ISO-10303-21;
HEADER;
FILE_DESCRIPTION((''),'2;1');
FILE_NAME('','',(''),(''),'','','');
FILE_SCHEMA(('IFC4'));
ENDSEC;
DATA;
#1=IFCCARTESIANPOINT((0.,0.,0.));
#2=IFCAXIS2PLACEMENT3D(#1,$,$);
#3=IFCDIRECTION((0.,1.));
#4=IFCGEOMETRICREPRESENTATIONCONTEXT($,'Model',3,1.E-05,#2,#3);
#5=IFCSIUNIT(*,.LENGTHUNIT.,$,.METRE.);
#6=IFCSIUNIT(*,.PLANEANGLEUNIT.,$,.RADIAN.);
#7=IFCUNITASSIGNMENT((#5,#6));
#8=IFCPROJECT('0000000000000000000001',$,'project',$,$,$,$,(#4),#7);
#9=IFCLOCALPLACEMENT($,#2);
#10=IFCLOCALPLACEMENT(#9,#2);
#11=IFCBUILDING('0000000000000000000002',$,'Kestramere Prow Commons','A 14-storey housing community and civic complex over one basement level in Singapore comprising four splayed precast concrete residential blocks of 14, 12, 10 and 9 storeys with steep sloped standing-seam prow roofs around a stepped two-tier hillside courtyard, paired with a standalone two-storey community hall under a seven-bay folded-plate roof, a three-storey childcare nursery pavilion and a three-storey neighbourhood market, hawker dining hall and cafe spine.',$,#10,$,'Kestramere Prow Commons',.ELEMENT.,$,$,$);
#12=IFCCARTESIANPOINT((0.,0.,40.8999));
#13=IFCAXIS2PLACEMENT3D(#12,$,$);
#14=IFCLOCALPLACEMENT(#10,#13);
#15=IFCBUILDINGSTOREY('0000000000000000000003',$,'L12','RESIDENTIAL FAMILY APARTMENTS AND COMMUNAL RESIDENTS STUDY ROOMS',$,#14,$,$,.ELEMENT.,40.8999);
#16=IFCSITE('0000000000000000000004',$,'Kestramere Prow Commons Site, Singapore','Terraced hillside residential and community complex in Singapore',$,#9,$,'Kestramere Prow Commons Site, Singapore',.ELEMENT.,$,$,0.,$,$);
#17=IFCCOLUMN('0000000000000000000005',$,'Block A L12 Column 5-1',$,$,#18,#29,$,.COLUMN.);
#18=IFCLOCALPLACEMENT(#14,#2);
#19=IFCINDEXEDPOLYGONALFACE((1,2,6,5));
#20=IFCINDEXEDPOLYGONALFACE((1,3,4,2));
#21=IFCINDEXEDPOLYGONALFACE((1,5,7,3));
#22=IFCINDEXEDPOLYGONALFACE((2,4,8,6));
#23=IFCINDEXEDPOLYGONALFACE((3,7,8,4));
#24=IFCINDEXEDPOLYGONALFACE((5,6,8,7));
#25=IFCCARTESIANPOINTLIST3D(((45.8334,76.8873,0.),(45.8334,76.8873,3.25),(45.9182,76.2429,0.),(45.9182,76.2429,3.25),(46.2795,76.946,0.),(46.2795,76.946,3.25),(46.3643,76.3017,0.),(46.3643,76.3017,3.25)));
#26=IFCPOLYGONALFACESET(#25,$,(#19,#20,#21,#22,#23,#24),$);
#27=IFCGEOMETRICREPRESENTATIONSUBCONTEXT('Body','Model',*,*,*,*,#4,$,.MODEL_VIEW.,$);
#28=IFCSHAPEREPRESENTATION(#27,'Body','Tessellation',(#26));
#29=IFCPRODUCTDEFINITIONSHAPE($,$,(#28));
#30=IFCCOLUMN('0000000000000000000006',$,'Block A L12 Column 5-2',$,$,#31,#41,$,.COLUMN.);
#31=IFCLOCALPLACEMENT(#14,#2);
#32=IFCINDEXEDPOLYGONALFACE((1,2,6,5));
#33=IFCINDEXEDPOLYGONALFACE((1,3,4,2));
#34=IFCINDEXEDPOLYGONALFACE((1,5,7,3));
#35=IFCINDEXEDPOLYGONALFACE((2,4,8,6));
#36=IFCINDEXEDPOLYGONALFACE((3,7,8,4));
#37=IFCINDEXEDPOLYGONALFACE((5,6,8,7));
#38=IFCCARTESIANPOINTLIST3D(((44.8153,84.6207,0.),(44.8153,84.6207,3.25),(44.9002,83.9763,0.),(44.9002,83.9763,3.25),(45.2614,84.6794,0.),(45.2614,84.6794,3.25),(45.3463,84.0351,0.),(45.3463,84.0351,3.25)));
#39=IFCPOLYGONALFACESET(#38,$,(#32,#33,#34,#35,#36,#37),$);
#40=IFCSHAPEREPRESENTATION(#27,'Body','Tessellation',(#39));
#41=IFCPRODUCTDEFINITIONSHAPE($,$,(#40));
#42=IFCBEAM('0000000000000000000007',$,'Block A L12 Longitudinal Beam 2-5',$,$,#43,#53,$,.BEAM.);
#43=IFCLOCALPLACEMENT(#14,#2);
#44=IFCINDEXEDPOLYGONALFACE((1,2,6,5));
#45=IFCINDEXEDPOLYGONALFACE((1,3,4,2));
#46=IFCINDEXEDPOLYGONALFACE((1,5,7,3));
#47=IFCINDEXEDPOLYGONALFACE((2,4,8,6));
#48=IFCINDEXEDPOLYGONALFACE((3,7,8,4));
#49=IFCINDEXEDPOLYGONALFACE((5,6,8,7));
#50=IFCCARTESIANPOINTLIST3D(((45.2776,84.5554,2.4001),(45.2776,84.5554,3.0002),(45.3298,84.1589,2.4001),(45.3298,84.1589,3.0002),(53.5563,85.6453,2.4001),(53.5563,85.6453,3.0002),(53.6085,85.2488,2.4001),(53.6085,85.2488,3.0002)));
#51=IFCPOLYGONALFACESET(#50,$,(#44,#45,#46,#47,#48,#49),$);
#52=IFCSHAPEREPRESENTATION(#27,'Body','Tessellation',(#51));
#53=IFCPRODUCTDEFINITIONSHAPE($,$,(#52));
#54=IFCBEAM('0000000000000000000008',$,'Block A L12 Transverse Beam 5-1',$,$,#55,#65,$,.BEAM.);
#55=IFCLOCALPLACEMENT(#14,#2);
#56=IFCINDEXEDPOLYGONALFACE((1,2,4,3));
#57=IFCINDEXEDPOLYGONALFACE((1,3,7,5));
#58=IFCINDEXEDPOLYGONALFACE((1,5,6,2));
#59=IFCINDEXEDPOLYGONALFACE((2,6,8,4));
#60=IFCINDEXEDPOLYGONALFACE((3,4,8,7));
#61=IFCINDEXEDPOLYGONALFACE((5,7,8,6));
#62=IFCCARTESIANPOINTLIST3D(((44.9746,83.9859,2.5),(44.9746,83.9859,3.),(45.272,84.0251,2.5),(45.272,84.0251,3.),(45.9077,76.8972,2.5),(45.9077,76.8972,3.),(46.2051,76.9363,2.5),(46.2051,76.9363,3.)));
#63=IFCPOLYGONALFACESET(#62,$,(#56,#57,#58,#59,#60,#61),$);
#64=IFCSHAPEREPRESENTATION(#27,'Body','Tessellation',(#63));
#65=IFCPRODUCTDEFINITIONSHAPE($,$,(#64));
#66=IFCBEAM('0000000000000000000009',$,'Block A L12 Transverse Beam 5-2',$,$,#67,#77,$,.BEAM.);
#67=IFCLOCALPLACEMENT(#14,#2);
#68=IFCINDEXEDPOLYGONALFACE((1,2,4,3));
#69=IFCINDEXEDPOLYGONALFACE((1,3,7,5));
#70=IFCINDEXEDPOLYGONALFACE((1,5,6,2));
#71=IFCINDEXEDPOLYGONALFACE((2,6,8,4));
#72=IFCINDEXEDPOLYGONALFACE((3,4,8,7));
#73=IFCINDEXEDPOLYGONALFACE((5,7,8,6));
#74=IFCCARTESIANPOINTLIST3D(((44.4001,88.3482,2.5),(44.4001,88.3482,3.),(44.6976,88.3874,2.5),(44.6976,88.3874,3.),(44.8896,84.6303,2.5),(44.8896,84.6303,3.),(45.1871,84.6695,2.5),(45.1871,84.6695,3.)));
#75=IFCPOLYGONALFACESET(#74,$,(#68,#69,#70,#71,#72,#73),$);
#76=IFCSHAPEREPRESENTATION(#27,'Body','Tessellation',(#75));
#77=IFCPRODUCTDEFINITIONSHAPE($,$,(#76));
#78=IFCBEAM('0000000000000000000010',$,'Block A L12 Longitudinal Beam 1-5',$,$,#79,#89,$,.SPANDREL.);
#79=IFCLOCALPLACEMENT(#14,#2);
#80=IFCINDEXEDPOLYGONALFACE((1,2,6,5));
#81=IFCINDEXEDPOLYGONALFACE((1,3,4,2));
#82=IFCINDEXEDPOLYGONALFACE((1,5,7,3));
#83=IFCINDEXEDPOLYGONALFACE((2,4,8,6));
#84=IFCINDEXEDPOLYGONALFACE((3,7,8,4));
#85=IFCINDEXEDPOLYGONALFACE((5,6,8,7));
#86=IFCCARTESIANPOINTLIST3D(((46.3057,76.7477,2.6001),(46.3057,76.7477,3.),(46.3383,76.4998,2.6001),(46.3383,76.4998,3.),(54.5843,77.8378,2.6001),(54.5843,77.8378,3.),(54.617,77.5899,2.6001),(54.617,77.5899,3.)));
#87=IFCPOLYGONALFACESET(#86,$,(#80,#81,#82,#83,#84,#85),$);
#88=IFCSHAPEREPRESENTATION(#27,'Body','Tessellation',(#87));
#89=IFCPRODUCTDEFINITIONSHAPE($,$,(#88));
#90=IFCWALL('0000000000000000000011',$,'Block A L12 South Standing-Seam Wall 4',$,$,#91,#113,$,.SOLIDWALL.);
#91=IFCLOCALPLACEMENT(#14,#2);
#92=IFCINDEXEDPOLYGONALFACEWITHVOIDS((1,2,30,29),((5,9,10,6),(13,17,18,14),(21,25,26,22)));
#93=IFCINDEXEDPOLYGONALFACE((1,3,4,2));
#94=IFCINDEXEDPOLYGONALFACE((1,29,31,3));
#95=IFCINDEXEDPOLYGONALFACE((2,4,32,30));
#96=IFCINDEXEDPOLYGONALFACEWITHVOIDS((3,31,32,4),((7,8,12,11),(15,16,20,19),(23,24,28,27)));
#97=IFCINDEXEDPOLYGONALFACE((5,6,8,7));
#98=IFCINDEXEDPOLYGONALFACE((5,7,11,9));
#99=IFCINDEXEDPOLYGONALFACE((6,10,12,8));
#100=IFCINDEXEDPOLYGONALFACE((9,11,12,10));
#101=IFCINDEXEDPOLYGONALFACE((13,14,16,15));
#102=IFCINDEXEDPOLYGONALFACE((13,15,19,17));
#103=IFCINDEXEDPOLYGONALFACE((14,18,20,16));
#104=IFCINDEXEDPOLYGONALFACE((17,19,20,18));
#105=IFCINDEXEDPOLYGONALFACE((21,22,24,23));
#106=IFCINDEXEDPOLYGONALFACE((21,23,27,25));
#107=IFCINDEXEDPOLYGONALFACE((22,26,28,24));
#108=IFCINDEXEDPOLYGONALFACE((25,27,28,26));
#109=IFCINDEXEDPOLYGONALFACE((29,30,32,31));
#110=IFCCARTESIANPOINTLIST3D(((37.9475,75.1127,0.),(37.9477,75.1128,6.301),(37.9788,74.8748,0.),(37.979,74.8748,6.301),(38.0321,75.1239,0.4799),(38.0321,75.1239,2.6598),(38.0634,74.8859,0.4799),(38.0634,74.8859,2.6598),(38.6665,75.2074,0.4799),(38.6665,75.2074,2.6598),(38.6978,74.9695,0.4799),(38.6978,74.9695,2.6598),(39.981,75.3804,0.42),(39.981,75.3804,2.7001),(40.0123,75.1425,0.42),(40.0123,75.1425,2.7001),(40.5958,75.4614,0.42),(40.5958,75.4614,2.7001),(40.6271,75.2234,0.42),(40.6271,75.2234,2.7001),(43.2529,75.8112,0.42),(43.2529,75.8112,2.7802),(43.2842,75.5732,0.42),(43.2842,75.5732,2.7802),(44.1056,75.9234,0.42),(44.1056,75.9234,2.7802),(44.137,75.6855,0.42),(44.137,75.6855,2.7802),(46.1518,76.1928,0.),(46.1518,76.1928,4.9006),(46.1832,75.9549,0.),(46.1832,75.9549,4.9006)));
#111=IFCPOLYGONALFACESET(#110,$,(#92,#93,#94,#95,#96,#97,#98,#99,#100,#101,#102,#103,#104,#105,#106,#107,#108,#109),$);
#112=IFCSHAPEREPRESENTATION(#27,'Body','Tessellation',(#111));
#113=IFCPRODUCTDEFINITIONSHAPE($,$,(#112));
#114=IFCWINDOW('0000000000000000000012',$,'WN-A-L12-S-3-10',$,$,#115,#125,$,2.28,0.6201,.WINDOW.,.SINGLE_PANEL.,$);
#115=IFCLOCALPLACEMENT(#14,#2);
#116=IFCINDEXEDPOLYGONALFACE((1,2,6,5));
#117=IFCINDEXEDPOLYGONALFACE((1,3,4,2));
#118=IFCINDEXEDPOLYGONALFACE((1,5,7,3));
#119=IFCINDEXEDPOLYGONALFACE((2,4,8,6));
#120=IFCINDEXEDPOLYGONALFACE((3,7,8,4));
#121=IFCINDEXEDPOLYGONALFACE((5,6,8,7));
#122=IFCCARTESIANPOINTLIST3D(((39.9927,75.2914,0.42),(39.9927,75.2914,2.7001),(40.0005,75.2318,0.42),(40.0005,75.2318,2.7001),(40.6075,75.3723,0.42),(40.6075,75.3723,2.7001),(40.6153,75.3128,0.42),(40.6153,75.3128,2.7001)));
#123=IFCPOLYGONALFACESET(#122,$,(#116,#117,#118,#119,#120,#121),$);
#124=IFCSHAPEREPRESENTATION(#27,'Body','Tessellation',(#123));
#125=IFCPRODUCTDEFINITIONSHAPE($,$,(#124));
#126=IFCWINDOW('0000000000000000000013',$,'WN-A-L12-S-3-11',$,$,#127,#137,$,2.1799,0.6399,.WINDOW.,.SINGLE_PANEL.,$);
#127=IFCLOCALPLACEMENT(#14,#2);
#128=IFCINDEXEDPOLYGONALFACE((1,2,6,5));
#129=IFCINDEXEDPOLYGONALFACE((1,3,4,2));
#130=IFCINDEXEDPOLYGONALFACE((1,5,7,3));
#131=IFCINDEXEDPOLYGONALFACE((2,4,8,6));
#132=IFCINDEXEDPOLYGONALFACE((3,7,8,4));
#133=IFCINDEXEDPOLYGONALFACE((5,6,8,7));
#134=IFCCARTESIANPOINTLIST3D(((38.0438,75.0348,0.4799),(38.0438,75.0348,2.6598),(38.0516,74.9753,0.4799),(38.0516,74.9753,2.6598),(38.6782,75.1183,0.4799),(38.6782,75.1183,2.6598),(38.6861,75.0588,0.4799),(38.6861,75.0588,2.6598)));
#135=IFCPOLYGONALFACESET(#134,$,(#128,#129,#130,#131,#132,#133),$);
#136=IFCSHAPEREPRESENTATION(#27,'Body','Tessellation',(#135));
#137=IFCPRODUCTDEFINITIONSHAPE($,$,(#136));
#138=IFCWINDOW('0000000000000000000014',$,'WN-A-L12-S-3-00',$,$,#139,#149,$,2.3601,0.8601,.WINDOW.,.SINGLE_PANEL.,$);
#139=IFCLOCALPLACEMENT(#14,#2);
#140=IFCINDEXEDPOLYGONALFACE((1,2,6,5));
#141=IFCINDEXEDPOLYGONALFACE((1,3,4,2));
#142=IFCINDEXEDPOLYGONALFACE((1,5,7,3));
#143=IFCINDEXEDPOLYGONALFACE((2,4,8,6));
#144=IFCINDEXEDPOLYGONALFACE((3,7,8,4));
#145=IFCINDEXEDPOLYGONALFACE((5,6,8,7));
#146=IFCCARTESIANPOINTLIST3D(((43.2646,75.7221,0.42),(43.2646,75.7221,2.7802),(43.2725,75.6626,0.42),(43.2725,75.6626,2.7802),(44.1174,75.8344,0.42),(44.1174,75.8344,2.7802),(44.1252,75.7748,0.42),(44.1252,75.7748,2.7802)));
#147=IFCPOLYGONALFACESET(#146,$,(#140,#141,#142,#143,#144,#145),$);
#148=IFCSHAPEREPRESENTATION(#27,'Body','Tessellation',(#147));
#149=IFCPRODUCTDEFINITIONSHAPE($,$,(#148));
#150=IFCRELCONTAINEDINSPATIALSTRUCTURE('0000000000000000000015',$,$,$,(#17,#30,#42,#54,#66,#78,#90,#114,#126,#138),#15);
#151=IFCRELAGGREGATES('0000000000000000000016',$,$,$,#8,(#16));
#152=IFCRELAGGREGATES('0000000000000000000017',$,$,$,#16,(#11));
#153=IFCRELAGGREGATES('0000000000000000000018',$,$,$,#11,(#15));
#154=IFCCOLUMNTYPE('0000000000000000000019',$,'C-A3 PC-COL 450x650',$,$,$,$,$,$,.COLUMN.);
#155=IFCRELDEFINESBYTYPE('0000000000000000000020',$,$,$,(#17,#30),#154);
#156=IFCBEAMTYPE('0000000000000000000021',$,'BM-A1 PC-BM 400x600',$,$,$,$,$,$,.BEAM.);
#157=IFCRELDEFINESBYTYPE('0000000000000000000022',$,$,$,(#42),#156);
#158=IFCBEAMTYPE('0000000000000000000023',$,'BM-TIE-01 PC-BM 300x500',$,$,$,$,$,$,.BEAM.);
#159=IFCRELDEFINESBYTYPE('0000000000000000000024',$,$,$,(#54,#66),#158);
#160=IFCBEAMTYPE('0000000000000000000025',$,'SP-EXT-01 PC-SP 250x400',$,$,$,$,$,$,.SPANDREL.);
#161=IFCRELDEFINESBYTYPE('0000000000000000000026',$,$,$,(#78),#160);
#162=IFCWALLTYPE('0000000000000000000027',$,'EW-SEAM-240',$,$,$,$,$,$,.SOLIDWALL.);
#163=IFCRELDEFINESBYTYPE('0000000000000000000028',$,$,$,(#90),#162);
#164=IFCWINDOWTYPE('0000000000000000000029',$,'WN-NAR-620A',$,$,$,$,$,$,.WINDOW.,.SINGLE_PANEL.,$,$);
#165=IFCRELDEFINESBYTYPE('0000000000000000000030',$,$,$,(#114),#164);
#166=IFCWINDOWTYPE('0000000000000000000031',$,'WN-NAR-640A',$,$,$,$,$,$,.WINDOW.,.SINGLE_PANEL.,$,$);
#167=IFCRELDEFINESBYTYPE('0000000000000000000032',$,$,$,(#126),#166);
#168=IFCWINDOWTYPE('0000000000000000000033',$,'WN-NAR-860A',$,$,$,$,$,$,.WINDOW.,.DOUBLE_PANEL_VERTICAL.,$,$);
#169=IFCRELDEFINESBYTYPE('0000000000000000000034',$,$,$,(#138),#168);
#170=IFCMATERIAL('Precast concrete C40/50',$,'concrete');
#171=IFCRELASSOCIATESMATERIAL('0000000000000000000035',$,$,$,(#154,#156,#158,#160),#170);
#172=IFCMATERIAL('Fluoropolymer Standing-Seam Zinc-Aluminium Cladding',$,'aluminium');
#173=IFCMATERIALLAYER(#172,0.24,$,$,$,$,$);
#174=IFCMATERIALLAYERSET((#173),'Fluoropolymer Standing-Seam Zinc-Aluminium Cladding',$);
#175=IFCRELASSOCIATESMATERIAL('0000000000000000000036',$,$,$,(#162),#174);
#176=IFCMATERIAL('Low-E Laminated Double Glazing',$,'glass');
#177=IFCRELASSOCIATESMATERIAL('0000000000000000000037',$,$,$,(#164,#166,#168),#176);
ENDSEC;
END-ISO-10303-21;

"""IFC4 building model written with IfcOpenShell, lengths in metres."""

from ifc_helpers import new_model, si_unit, direction, frame, frame_2d, origin, origin_2d, place, context, subcontext, project, spatial, polyline, rectangle, outline, extrude, material, layer, layer_set, material_profile, profile_set, type_object, element, fill, save


model = new_model("IFC4")

# Units and contexts
model_context = context("Model", 3, precision=1e-05, world=origin(), true_north=direction((0.0, 1.0)))
body_context = subcontext(model_context, "Body", "Model", "MODEL_VIEW")
ifc_project = project(units=[si_unit("LENGTHUNIT", "METRE"), si_unit("PLANEANGLEUNIT", "RADIAN")], contexts=[model_context])

# Site, building, storey
site_placement = place(None, origin())
site = spatial("IfcSite", under=ifc_project, at=site_placement, Name="Kestramere Prow Commons Site, Singapore", Description="Terraced hillside residential and community complex in Singapore", LongName="Kestramere Prow Commons Site, Singapore", CompositionType="ELEMENT", RefElevation=0.0)
building_placement = place(site_placement, origin())
building = spatial("IfcBuilding", under=site, at=building_placement, Name="Kestramere Prow Commons", Description="A 14-storey housing community and civic complex over one basement level in Singapore comprising four splayed precast concrete residential blocks of 14, 12, 10 and 9 storeys with steep sloped standing-seam prow roofs around a stepped two-tier hillside courtyard, paired with a standalone two-storey community hall under a seven-bay folded-plate roof, a three-storey childcare nursery pavilion and a three-storey neighbourhood market, hawker dining hall and cafe spine.", LongName="Kestramere Prow Commons", CompositionType="ELEMENT")
storey_placement = place(building_placement, frame((0.0, 0.0, 40.8999)))
storey = spatial("IfcBuildingStorey", under=building, at=storey_placement, Name="L12", Description="RESIDENTIAL FAMILY APARTMENTS AND COMMUNAL RESIDENTS STUDY ROOMS", CompositionType="ELEMENT", Elevation=40.8999)

# Columns
ifc_material_1 = material(Name="Precast concrete C40/50", Category="concrete")
ifc_material_profile_1 = material_profile(ifc_material_1, rectangle(XDim=0.45, YDim=0.6499, at=origin_2d()), Name="PC-COL 450x650")
ifc_profile_set_1 = profile_set([ifc_material_profile_1], Name="Precast concrete C40/50")
column_type = type_object("IfcColumnType", Name="C-A3 PC-COL 450x650", PredefinedType="COLUMN", material=ifc_profile_set_1)
for number, where, z_axis, x_axis, name in (
    (1, (46.0989, 76.5945, 0.0), (0.0, 0.0, 1.0), (0.991445, 0.130526, 0.0), "Block A L12 Column 5-1"),
    (2, (45.0808, 84.3279, 0.0), (0.0, 0.0, 1.0), (0.991445, 0.130526, 0.0), "Block A L12 Column 5-2"),
):
    element("IfcColumn", number, at=place(storey_placement, frame(where, z_axis=z_axis, x_axis=x_axis)), inside=storey, type_object=column_type, Name=name, PredefinedType="COLUMN", context=body_context, shape_type="SweptSolid", body=[
        extrude(rectangle(XDim=0.45, YDim=0.6499, at=origin_2d()), origin(), (0.0, 0.0, 1.0), 3.25),
    ])

# Beams
ifc_material_profile_2 = material_profile(ifc_material_1, rectangle(XDim=0.3999, YDim=0.6001, at=origin_2d()), Name="PC-BM 400x600")
ifc_profile_set_2 = profile_set([ifc_material_profile_2], Name="Precast concrete C40/50")
beam_type_1 = type_object("IfcBeamType", Name="BM-A1 PC-BM 400x600", PredefinedType="BEAM", material=ifc_profile_set_2)
beam_1_placement = place(storey_placement, frame((45.3037, 84.3572, 2.7002), z_axis=(0.991446, 0.13052, 0.0), x_axis=(-0.13052, 0.991446, 0.0)))
element("IfcBeam", 3, at=beam_1_placement, inside=storey, type_object=beam_type_1, Name="Block A L12 Longitudinal Beam 2-5", PredefinedType="BEAM", context=body_context, shape_type="SweptSolid", body=[
    extrude(rectangle(XDim=0.3999, YDim=0.6001, at=origin_2d()), origin(), (0.0, 0.0, 1.0), 8.3501),
])
ifc_material_profile_3 = material_profile(ifc_material_1, rectangle(XDim=0.3, YDim=0.5, at=origin_2d()), Name="PC-BM 300x500")
ifc_profile_set_3 = profile_set([ifc_material_profile_3], Name="Precast concrete C40/50")
beam_type_2 = type_object("IfcBeamType", Name="BM-TIE-01 PC-BM 300x500", PredefinedType="BEAM", material=ifc_profile_set_3)
beam_2_placement = place(storey_placement, frame((46.0564, 76.9167, 2.75), z_axis=(-0.130504, 0.991448, 0.0), x_axis=(-0.991448, -0.130504, 0.0)))
element("IfcBeam", 4, at=beam_2_placement, inside=storey, type_object=beam_type_2, Name="Block A L12 Transverse Beam 5-1", PredefinedType="BEAM", context=body_context, shape_type="SweptSolid", body=[
    extrude(rectangle(XDim=0.3, YDim=0.5, at=origin_2d()), origin(), (0.0, 0.0, 1.0), 7.1499),
])
beam_3_placement = place(storey_placement, frame((45.0383, 84.6499, 2.75), z_axis=(-0.13053, 0.991444, 0.0), x_axis=(-0.991444, -0.13053, 0.0)))
element("IfcBeam", 5, at=beam_3_placement, inside=storey, type_object=beam_type_2, Name="Block A L12 Transverse Beam 5-2", PredefinedType="BEAM", context=body_context, shape_type="SweptSolid", body=[
    extrude(rectangle(XDim=0.3, YDim=0.5, at=origin_2d()), origin(), (0.0, 0.0, 1.0), 3.75),
])
ifc_material_profile_4 = material_profile(ifc_material_1, rectangle(XDim=0.25, YDim=0.3999, at=origin_2d()), Name="PC-SP 250x400")
ifc_profile_set_4 = profile_set([ifc_material_profile_4], Name="Precast concrete C40/50")
beam_type_3 = type_object("IfcBeamType", Name="SP-EXT-01 PC-SP 250x400", PredefinedType="SPANDREL", material=ifc_profile_set_4)
beam_4_placement = place(storey_placement, frame((46.322, 76.6238, 2.8), z_axis=(0.991442, 0.130549, 0.0), x_axis=(-0.130549, 0.991442, 0.0)))
element("IfcBeam", 6, at=beam_4_placement, inside=storey, type_object=beam_type_3, Name="Block A L12 Longitudinal Beam 1-5", PredefinedType="SPANDREL", context=body_context, shape_type="SweptSolid", body=[
    extrude(rectangle(XDim=0.25, YDim=0.3999, at=origin_2d()), origin(), (0.0, 0.0, 1.0), 8.3501),
])

# Wall, openings, windows
ifc_material_2 = material(Name="Fluoropolymer Standing-Seam Zinc-Aluminium Cladding", Category="aluminium")
ifc_layer_1 = layer(ifc_material_2, 0.24)
ifc_layer_set_1 = layer_set([ifc_layer_1], Name="Fluoropolymer Standing-Seam Zinc-Aluminium Cladding")
wall_type_1 = type_object("IfcWallType", Name="EW-SEAM-240", PredefinedType="SOLIDWALL", material=ifc_layer_set_1)
wall_1_placement = place(storey_placement, frame((46.1675, 76.074, 0.0), z_axis=(0.0, 0.0, 1.0), x_axis=(-0.991446, -0.130521, 0.0)))
wall_1 = element("IfcWall", 7, at=wall_1_placement, inside=storey, type_object=wall_type_1, Name="Block A L12 South Standing-Seam Wall 4", PredefinedType="SOLIDWALL", context=body_context, shape_type="SweptSolid", body=[
    extrude(outline(polyline([(0.0, 0.0), (8.2751, 0.0), (8.2749, 6.301), (0.0, 4.9006), (0.0, 0.0)])), frame((0.0, 0.1201, 0.0), z_axis=(0.0, -1.0, 0.0), x_axis=(1.0, 0.0, 0.0)), (0.0, 0.0, 1.0), 0.24),
])
opening_1_placement = place(wall_1_placement, frame((2.0637, 0.0, 0.4199)))
opening_1 = element("IfcOpeningElement", 8, at=opening_1_placement, cuts=wall_1, PredefinedType="OPENING", context=body_context, shape_type="SweptSolid", body=[
    extrude(rectangle(XDim=0.8601, YDim=2.3601, at=frame_2d((0.4302, 1.1802))), frame((0.0, 0.135, 0.0), z_axis=(0.0, -1.0, 0.0), x_axis=(1.0, 0.0, 0.0)), (0.0, 0.0, 1.0), 0.27),
])
opening_2_placement = place(wall_1_placement, frame((5.604, 0.0, 0.4199)))
opening_2 = element("IfcOpeningElement", 9, at=opening_2_placement, cuts=wall_1, PredefinedType="OPENING", context=body_context, shape_type="SweptSolid", body=[
    extrude(rectangle(XDim=0.6201, YDim=2.28, at=frame_2d((0.3101, 1.1401))), frame((0.0, 0.135, 0.0), z_axis=(0.0, -1.0, 0.0), x_axis=(1.0, 0.0, 0.0)), (0.0, 0.0, 1.0), 0.27),
])
opening_3_placement = place(wall_1_placement, frame((7.55, 0.0, 0.48)))
opening_3 = element("IfcOpeningElement", 10, at=opening_3_placement, cuts=wall_1, PredefinedType="OPENING", context=body_context, shape_type="SweptSolid", body=[
    extrude(rectangle(XDim=0.6399, YDim=2.1799, at=frame_2d((0.3198, 1.0898))), frame((0.0, 0.135, 0.0), z_axis=(0.0, -1.0, 0.0), x_axis=(1.0, 0.0, 0.0)), (0.0, 0.0, 1.0), 0.27),
])
ifc_material_3 = material(Name="Low-E Laminated Double Glazing", Category="glass")
window_type_1 = type_object("IfcWindowType", Name="WN-NAR-620A", PartitioningType="SINGLE_PANEL", PredefinedType="WINDOW", material=ifc_material_3)
window_1_placement = place(opening_2_placement, origin())
window_1 = element("IfcWindow", 11, at=window_1_placement, inside=storey, type_object=window_type_1, Name="WN-A-L12-S-3-10", OverallHeight=2.28, OverallWidth=0.6201, PartitioningType="SINGLE_PANEL", PredefinedType="WINDOW", context=body_context, shape_type="SweptSolid", body=[
    extrude(rectangle(XDim=0.6201, YDim=2.28, at=frame_2d((0.3101, 1.1401))), frame((0.0, 0.03, 0.0), z_axis=(0.0, -1.0, 0.0), x_axis=(1.0, 0.0, 0.0)), (0.0, 0.0, 1.0), 0.0601),
])
fill(opening_2, window_1)
window_type_2 = type_object("IfcWindowType", Name="WN-NAR-640A", PartitioningType="SINGLE_PANEL", PredefinedType="WINDOW", material=ifc_material_3)
window_2_placement = place(opening_3_placement, origin())
window_2 = element("IfcWindow", 12, at=window_2_placement, inside=storey, type_object=window_type_2, Name="WN-A-L12-S-3-11", OverallHeight=2.1799, OverallWidth=0.6399, PartitioningType="SINGLE_PANEL", PredefinedType="WINDOW", context=body_context, shape_type="SweptSolid", body=[
    extrude(rectangle(XDim=0.6399, YDim=2.1799, at=frame_2d((0.3198, 1.0898))), frame((0.0, 0.03, 0.0), z_axis=(0.0, -1.0, 0.0), x_axis=(1.0, 0.0, 0.0)), (0.0, 0.0, 1.0), 0.0601),
])
fill(opening_3, window_2)
window_type_3 = type_object("IfcWindowType", Name="WN-NAR-860A", PartitioningType="DOUBLE_PANEL_VERTICAL", PredefinedType="WINDOW", material=ifc_material_3)
window_3_placement = place(opening_1_placement, origin())
window_3 = element("IfcWindow", 13, at=window_3_placement, inside=storey, type_object=window_type_3, Name="WN-A-L12-S-3-00", OverallHeight=2.3601, OverallWidth=0.8601, PartitioningType="SINGLE_PANEL", PredefinedType="WINDOW", context=body_context, shape_type="SweptSolid", body=[
    extrude(rectangle(XDim=0.8601, YDim=2.3601, at=frame_2d((0.4302, 1.1802))), frame((0.0, 0.03, 0.0), z_axis=(0.0, -1.0, 0.0), x_axis=(1.0, 0.0, 0.0)), (0.0, 0.0, 1.0), 0.0601),
])
fill(opening_1, window_3)

save(model, "model.ifc")
